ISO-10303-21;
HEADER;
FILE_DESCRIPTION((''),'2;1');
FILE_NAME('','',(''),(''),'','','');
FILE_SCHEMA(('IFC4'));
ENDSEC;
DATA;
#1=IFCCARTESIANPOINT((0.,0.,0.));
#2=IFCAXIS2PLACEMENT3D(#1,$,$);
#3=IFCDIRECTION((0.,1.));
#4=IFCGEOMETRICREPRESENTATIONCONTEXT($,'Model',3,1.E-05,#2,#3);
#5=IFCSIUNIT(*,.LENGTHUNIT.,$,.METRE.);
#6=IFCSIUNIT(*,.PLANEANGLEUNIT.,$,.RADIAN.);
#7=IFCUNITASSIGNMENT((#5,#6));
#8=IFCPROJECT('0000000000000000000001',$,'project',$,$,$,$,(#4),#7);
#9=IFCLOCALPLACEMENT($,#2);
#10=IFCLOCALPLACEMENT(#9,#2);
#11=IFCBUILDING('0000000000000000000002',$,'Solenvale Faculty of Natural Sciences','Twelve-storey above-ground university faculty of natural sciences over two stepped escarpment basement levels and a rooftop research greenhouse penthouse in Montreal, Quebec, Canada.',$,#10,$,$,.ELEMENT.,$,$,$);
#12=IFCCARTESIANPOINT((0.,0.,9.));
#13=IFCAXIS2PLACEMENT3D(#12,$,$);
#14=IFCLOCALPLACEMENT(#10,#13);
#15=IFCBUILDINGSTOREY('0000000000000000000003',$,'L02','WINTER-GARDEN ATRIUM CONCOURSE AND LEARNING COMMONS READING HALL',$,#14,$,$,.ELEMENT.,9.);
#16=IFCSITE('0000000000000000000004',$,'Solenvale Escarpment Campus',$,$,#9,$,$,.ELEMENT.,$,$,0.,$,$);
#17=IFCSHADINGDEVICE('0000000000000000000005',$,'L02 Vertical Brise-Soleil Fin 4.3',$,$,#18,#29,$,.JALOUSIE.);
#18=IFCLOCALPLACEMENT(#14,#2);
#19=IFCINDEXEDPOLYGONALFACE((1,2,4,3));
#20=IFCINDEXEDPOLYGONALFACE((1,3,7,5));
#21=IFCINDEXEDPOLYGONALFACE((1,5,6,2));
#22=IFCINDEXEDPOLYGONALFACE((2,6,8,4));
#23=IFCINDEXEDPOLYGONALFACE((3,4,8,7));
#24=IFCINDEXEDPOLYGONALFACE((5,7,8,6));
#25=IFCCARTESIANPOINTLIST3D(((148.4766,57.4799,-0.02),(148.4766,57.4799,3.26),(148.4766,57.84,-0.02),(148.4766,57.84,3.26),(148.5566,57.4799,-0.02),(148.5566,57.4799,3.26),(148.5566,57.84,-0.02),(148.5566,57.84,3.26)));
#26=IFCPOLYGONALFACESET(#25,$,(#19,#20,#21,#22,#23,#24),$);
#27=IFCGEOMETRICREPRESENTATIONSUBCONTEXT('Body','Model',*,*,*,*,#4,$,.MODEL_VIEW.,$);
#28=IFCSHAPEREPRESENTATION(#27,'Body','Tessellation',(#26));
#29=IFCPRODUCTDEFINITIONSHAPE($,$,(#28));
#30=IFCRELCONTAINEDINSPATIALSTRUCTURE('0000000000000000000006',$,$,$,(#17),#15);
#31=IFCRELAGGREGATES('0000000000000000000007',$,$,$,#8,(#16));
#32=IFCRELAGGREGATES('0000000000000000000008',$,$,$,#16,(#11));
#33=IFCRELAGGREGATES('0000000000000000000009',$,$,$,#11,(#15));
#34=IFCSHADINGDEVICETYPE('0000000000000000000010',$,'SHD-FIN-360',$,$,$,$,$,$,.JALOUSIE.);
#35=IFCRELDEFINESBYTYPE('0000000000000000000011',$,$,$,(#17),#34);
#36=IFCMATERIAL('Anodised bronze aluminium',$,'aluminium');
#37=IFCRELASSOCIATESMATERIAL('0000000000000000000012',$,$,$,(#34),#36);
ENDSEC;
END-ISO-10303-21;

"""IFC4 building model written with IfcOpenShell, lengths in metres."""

from ifc_helpers import new_model, si_unit, direction, frame, origin, origin_2d, place, context, subcontext, project, spatial, rectangle, extrude, material, material_profile, profile_set, type_object, element, save


model = new_model("IFC4")

# Units and contexts
model_context = context("Model", 3, precision=1e-05, world=origin(), true_north=direction((0.0, 1.0)))
body_context = subcontext(model_context, "Body", "Model", "MODEL_VIEW")
ifc_project = project(units=[si_unit("LENGTHUNIT", "METRE"), si_unit("PLANEANGLEUNIT", "RADIAN")], contexts=[model_context])

# Site, building, storey
site_placement = place(None, origin())
site = spatial("IfcSite", under=ifc_project, at=site_placement, Name="Solenvale Escarpment Campus", CompositionType="ELEMENT", RefElevation=0.0)
building_placement = place(site_placement, origin())
building = spatial("IfcBuilding", under=site, at=building_placement, Name="Solenvale Faculty of Natural Sciences", Description="Twelve-storey above-ground university faculty of natural sciences over two stepped escarpment basement levels and a rooftop research greenhouse penthouse in Montreal, Quebec, Canada.", CompositionType="ELEMENT")
storey_placement = place(building_placement, frame((0.0, 0.0, 9.0)))
storey = spatial("IfcBuildingStorey", under=building, at=storey_placement, Name="L02", Description="WINTER-GARDEN ATRIUM CONCOURSE AND LEARNING COMMONS READING HALL", CompositionType="ELEMENT", Elevation=9.0)

# Shared definitions
ifc_material_1 = material(Name="Anodised bronze aluminium", Category="aluminium")

# Shading device
ifc_material_profile_1 = material_profile(ifc_material_1, rectangle(XDim=0.0801, YDim=0.3601, at=origin_2d()), Name="ALU-FIN-80x360")
ifc_profile_set_1 = profile_set([ifc_material_profile_1], Name="Anodised bronze aluminium")
shading_device_type = type_object("IfcShadingDeviceType", Name="SHD-FIN-360", PredefinedType="JALOUSIE", material=ifc_profile_set_1)
for number, where, z_axis, x_axis, name in (
    (1, (148.5166, 57.6599, -0.02), (0.0, 0.0, 1.0), (1.0, 0.0, 0.0), "L02 Vertical Brise-Soleil Fin 4.3"),
):
    element("IfcShadingDevice", number, at=place(storey_placement, frame(where, z_axis=z_axis, x_axis=x_axis)), inside=storey, type_object=shading_device_type, Name=name, PredefinedType="JALOUSIE", context=body_context, shape_type="SweptSolid", body=[
        extrude(rectangle(XDim=0.0801, YDim=0.3601, at=origin_2d()), origin(), (0.0, 0.0, 1.0), 3.28),
    ])

save(model, "model.ifc")
